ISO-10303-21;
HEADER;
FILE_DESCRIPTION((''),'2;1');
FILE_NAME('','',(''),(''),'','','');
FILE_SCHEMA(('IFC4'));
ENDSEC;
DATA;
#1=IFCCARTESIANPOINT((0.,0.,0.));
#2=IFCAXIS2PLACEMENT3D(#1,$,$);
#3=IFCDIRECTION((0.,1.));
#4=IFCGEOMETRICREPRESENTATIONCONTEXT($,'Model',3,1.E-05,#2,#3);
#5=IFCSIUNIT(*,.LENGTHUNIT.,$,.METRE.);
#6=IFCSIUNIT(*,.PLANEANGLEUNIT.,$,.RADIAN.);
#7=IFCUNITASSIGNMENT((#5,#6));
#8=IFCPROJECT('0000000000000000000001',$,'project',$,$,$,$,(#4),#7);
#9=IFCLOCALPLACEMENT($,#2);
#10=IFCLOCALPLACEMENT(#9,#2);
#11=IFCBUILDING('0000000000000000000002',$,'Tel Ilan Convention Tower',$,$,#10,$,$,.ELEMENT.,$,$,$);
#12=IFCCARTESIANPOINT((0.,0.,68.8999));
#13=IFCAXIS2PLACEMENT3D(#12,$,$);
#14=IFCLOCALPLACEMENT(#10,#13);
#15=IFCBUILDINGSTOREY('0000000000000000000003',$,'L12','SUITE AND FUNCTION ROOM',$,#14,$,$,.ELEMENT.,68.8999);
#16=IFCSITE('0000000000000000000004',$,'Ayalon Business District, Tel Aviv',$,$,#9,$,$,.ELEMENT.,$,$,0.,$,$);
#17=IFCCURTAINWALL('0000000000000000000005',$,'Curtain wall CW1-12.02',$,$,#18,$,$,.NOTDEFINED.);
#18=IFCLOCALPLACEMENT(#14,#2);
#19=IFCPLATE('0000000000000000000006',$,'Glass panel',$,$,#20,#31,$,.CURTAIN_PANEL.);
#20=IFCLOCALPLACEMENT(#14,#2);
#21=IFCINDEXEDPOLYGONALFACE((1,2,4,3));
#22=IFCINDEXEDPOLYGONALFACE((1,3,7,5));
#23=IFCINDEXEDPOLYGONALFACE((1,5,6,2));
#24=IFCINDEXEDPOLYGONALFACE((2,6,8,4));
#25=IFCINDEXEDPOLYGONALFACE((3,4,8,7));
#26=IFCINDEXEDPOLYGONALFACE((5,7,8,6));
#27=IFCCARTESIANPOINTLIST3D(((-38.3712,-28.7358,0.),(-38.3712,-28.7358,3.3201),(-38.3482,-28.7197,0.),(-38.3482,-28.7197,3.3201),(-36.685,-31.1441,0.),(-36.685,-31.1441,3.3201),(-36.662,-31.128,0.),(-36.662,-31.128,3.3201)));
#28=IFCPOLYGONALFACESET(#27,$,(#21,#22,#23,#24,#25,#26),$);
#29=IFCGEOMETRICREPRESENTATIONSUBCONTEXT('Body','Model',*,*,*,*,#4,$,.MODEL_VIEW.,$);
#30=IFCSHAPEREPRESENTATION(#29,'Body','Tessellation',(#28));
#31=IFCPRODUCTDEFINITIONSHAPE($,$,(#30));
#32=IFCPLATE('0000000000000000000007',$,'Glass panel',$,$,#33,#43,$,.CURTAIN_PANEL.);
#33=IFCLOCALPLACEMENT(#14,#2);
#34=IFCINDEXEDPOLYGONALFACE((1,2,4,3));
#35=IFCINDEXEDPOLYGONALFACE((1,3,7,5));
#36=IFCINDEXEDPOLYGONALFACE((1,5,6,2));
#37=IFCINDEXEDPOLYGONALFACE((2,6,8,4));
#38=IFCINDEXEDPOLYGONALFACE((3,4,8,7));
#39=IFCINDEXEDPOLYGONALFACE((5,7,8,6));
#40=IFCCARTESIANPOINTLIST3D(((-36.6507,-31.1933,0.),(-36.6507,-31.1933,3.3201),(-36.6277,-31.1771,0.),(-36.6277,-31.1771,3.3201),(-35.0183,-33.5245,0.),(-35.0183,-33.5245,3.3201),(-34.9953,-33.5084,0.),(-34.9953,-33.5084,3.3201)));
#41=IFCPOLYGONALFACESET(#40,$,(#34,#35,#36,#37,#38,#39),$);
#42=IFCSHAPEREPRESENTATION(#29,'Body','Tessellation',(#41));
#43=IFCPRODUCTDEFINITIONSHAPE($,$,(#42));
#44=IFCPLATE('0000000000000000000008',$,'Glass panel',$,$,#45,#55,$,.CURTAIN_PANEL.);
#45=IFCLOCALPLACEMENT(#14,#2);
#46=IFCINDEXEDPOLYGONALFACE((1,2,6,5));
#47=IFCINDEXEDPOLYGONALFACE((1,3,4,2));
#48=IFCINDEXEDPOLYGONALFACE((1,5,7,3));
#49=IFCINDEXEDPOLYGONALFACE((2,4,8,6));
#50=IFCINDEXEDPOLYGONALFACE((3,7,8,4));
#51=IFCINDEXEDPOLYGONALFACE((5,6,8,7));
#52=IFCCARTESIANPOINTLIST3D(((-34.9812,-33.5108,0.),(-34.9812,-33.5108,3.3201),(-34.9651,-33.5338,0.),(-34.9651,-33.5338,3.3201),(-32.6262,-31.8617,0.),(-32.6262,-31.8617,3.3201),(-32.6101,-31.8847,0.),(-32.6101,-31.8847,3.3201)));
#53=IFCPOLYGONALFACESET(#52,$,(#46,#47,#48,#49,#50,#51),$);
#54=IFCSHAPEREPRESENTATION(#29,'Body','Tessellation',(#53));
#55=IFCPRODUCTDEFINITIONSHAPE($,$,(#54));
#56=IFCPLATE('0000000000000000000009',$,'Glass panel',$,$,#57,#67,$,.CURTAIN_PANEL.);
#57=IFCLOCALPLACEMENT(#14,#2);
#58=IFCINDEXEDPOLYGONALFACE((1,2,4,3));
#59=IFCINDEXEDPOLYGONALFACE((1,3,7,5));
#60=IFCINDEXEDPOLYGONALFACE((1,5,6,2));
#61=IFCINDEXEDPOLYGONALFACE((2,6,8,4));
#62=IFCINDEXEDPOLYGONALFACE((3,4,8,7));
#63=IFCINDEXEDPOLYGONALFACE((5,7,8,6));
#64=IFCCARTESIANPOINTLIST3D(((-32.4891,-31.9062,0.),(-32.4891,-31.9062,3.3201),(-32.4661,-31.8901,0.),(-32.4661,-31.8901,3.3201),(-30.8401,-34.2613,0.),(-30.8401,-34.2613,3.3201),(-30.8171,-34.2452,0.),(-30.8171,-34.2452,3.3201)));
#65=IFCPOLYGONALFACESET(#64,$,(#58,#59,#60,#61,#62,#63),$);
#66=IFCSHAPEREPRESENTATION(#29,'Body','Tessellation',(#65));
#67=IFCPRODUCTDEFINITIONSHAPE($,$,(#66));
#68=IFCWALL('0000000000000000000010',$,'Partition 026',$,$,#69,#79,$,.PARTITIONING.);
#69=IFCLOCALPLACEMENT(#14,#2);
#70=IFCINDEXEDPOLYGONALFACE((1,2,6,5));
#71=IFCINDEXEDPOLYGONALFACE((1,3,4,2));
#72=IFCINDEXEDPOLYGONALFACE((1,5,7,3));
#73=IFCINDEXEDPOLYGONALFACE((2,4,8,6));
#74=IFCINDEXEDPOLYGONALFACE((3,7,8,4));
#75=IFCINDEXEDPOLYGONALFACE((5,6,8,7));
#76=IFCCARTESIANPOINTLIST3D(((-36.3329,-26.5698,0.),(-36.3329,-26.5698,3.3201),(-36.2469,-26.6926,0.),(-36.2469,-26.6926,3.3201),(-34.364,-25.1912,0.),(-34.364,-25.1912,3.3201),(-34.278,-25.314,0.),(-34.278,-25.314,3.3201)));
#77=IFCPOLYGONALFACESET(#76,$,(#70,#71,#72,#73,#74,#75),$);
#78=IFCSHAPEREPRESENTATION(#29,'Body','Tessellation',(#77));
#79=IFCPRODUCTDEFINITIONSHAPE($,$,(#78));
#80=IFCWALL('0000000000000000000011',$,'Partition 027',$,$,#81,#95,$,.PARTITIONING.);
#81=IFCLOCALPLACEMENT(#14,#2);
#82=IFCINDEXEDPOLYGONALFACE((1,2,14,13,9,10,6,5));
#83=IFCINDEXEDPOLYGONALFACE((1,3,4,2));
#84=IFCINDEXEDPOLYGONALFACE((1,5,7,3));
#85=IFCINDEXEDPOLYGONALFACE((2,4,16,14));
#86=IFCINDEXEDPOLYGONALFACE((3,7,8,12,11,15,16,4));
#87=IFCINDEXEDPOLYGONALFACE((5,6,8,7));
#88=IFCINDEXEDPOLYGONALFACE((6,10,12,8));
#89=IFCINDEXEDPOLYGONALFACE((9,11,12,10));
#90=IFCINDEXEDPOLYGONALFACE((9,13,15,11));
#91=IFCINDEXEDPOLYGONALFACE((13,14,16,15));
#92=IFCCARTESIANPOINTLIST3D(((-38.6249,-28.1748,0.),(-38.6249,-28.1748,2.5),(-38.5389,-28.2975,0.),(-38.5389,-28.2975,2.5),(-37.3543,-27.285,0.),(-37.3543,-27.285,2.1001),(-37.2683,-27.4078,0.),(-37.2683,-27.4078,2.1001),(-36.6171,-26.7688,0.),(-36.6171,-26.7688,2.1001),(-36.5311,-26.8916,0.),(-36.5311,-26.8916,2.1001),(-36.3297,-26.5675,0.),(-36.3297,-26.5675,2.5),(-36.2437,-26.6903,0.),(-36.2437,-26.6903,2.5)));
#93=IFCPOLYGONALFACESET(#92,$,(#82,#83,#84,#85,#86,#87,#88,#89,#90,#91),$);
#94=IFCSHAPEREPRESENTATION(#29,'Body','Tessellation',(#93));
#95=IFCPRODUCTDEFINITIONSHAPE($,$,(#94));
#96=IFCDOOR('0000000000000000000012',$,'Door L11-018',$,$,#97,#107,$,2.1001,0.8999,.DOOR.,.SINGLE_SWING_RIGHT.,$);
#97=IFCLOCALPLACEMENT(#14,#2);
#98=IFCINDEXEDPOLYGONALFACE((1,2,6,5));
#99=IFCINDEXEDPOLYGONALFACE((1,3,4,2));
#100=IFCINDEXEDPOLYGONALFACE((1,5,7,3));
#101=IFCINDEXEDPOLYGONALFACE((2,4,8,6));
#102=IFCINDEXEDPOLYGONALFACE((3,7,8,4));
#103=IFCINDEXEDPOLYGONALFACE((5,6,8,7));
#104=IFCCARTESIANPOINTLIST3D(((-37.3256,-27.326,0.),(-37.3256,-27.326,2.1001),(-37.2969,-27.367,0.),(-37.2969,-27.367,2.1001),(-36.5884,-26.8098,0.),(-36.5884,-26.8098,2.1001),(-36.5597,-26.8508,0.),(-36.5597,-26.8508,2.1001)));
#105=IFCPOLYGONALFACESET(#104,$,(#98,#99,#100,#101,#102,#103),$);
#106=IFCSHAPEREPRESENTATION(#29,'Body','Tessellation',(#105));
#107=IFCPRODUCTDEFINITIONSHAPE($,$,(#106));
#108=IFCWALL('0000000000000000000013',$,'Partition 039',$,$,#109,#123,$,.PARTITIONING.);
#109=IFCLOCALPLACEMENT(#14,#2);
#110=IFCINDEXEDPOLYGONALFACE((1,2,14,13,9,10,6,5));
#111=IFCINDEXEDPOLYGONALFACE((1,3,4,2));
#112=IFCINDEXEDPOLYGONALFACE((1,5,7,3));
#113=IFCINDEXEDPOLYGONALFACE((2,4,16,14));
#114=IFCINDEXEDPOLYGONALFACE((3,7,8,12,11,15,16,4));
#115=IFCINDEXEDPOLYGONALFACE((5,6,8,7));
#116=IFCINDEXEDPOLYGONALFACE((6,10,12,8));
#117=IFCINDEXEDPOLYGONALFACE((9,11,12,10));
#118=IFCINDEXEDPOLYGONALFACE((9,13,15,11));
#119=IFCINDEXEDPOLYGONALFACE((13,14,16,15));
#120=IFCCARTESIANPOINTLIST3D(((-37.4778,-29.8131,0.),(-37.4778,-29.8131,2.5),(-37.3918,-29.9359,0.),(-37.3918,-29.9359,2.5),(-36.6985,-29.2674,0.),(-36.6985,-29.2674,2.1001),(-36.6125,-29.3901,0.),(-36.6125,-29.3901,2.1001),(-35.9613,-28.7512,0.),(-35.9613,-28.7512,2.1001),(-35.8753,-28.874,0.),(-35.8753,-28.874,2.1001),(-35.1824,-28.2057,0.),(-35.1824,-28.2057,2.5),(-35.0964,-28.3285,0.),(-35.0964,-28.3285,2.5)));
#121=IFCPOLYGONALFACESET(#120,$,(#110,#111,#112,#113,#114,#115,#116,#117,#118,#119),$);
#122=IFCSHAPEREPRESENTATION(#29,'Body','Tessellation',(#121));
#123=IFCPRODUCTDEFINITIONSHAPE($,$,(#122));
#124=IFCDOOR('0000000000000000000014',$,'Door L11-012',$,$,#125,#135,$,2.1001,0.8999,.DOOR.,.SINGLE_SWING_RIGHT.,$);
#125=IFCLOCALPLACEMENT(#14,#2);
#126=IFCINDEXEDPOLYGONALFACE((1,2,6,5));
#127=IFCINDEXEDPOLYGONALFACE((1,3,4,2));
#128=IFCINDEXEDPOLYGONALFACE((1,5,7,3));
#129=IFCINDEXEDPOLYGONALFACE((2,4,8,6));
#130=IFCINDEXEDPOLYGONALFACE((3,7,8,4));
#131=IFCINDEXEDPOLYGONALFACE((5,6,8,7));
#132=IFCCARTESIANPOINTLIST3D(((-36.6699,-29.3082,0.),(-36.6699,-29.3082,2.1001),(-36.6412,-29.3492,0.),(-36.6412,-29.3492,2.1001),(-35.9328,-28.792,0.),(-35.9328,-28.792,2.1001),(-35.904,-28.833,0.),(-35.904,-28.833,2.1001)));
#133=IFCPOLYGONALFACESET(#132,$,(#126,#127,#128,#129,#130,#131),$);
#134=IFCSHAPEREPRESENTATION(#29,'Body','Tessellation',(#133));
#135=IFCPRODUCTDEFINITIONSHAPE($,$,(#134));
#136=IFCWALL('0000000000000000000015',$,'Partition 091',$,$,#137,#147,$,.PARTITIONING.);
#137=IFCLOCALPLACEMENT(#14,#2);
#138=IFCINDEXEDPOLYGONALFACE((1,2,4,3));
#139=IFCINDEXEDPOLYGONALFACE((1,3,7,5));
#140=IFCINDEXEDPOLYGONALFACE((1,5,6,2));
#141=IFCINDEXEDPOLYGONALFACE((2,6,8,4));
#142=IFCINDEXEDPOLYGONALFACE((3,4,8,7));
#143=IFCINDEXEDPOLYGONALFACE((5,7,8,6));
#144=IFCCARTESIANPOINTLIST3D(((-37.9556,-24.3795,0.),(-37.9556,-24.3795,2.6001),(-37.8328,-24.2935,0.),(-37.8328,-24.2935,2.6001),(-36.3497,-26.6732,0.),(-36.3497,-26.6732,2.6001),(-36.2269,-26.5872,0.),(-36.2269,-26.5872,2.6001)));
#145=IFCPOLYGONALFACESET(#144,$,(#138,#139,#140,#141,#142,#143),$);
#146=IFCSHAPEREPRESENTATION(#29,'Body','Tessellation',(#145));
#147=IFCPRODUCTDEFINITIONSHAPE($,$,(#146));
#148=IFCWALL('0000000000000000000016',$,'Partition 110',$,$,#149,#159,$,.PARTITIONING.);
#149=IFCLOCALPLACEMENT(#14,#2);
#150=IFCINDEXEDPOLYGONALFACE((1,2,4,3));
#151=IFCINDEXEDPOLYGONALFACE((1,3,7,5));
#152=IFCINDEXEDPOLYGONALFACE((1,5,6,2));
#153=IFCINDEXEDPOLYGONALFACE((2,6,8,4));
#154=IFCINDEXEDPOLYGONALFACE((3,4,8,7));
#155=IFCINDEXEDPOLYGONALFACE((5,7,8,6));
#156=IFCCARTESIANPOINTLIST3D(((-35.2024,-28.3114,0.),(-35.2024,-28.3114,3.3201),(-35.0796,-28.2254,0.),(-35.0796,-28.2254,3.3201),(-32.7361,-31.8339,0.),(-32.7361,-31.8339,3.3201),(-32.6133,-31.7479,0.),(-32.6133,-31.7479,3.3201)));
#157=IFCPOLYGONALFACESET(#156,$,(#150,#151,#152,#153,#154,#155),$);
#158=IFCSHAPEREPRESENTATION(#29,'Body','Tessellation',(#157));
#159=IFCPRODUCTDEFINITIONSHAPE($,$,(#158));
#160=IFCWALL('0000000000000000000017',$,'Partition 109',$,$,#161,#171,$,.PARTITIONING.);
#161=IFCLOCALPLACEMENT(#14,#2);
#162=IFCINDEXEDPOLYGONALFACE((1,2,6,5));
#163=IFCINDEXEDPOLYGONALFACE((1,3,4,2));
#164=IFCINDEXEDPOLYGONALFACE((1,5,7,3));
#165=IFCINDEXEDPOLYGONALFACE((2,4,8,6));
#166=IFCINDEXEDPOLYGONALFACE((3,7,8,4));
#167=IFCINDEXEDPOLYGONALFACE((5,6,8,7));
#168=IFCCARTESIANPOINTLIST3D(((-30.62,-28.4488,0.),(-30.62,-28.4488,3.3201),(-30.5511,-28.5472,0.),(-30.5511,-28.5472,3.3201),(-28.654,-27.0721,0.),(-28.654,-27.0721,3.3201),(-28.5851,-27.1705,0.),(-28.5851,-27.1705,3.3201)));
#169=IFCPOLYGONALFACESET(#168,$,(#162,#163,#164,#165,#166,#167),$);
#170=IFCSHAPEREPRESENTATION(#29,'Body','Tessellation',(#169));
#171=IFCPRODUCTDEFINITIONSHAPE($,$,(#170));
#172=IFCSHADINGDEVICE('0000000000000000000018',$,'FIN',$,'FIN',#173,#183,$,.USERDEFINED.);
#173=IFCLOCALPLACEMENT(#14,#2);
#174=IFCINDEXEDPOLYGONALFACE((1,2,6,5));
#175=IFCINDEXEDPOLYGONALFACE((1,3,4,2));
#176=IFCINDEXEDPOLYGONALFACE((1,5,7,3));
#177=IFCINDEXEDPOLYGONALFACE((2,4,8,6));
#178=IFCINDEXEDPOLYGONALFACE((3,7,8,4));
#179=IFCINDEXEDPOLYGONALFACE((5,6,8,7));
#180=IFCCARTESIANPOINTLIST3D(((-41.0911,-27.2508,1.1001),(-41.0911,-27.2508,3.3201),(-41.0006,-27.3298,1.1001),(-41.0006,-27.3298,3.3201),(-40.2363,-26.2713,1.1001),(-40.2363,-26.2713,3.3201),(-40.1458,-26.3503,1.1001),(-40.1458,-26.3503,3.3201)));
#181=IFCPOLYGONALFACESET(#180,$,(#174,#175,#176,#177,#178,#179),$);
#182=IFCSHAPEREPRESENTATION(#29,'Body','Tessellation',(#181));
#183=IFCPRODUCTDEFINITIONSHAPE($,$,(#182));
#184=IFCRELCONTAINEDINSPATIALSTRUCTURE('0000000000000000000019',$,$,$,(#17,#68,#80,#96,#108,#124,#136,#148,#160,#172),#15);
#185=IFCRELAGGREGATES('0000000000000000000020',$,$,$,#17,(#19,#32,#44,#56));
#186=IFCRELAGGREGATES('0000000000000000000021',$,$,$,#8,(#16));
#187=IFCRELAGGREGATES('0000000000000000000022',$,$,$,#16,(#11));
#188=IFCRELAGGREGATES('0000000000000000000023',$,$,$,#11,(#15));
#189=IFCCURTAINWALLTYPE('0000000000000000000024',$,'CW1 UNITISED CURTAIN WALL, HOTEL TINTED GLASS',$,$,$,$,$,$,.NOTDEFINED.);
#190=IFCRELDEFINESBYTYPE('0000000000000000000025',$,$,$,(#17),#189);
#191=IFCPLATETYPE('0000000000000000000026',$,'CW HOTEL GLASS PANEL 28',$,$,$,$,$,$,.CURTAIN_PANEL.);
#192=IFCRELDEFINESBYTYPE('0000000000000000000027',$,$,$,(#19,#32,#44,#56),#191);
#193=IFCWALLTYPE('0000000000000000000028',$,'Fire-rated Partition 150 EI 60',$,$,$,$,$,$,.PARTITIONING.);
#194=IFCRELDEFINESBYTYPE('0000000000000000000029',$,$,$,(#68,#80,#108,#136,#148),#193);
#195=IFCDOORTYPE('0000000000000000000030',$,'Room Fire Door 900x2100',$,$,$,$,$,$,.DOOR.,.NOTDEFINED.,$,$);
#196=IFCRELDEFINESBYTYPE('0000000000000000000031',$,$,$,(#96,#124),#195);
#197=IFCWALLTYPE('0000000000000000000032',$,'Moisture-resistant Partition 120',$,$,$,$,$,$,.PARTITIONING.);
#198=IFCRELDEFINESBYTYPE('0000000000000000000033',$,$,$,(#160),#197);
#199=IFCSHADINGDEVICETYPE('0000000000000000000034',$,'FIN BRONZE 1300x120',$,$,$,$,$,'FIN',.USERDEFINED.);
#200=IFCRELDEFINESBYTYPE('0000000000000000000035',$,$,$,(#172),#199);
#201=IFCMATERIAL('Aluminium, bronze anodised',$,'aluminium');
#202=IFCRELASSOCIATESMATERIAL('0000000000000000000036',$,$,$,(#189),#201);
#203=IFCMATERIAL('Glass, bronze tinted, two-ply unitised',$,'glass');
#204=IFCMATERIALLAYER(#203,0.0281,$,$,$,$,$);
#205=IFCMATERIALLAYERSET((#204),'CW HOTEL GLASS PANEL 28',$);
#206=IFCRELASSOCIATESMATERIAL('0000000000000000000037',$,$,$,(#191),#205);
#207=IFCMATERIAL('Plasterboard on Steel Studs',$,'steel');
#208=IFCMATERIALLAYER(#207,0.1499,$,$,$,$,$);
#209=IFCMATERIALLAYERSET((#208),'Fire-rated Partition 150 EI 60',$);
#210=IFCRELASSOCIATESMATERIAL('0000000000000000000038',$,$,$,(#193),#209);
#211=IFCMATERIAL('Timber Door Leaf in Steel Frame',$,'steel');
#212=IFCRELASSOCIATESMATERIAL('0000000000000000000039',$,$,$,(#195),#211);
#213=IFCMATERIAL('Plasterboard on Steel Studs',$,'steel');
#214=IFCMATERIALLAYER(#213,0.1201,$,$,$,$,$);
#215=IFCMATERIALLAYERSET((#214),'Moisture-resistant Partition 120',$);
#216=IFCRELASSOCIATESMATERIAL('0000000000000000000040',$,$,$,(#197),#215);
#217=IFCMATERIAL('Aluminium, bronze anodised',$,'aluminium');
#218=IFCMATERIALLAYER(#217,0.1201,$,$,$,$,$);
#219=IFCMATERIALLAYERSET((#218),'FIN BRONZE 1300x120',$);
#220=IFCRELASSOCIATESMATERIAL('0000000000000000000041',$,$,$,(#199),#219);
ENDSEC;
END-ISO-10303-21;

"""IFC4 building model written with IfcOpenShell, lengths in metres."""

from ifc_helpers import new_model, si_unit, direction, frame, frame_2d, origin, origin_2d, place, context, subcontext, project, spatial, rectangle, extrude, material, layer, layer_set, type_object, element, fill, aggregate, save


model = new_model("IFC4")

# Units and contexts
model_context = context("Model", 3, precision=1e-05, world=origin(), true_north=direction((0.0, 1.0)))
body_context = subcontext(model_context, "Body", "Model", "MODEL_VIEW")
ifc_project = project(units=[si_unit("LENGTHUNIT", "METRE"), si_unit("PLANEANGLEUNIT", "RADIAN")], contexts=[model_context])

# Site, building, storey
site_placement = place(None, origin())
site = spatial("IfcSite", under=ifc_project, at=site_placement, Name="Ayalon Business District, Tel Aviv", CompositionType="ELEMENT", RefElevation=0.0)
building_placement = place(site_placement, origin())
building = spatial("IfcBuilding", under=site, at=building_placement, Name="Tel Ilan Convention Tower", CompositionType="ELEMENT")
storey_placement = place(building_placement, frame((0.0, 0.0, 68.8999)))
storey = spatial("IfcBuildingStorey", under=building, at=storey_placement, Name="L12", Description="SUITE AND FUNCTION ROOM", CompositionType="ELEMENT", Elevation=68.8999)

# Curtain wall, plates
ifc_material_1 = material(Name="Aluminium, bronze anodised", Category="aluminium")
curtain_wall_type = type_object("IfcCurtainWallType", Name="CW1 UNITISED CURTAIN WALL, HOTEL TINTED GLASS", PredefinedType="NOTDEFINED", material=ifc_material_1)
curtain_wall_placement = place(storey_placement, origin())
curtain_wall = element("IfcCurtainWall", 1, at=curtain_wall_placement, inside=storey, type_object=curtain_wall_type, Name="Curtain wall CW1-12.02", PredefinedType="NOTDEFINED")
ifc_material_2 = material(Name="Glass, bronze tinted, two-ply unitised", Category="glass")
ifc_layer_1 = layer(ifc_material_2, 0.0281)
ifc_layer_set_1 = layer_set([ifc_layer_1], Name="CW HOTEL GLASS PANEL 28")
plate_type = type_object("IfcPlateType", Name="CW HOTEL GLASS PANEL 28", PredefinedType="CURTAIN_PANEL", material=ifc_layer_set_1)
plate_1_placement = place(storey_placement, frame((-37.5166, -29.9319, 0.0), z_axis=(0.0, 0.0, 1.0), x_axis=(0.573576, -0.819152, 0.0)))
plate_1 = element("IfcPlate", 2, at=plate_1_placement, type_object=plate_type, Name="Glass panel", PredefinedType="CURTAIN_PANEL", context=body_context, shape_type="SweptSolid", body=[
    extrude(rectangle(XDim=2.9399, YDim=0.0281, at=origin_2d()), origin(), (0.0, 0.0, 1.0), 3.3201),
])
plate_2_placement = place(storey_placement, frame((-35.823, -32.3508, 0.0), z_axis=(0.0, 0.0, 1.0), x_axis=(0.573576, -0.819152, 0.0)))
plate_2 = element("IfcPlate", 3, at=plate_2_placement, type_object=plate_type, Name="Glass panel", PredefinedType="CURTAIN_PANEL", context=body_context, shape_type="SweptSolid", body=[
    extrude(rectangle(XDim=2.8459, YDim=0.0281, at=origin_2d()), origin(), (0.0, 0.0, 1.0), 3.3201),
])
plate_3_placement = place(storey_placement, frame((-33.7957, -32.6978, 0.0), z_axis=(0.0, 0.0, 1.0), x_axis=(0.819152, 0.573576, 0.0)))
plate_3 = element("IfcPlate", 4, at=plate_3_placement, type_object=plate_type, Name="Glass panel", PredefinedType="CURTAIN_PANEL", context=body_context, shape_type="SweptSolid", body=[
    extrude(rectangle(XDim=2.875, YDim=0.0281, at=origin_2d()), origin(), (0.0, 0.0, 1.0), 3.3201),
])
plate_4_placement = place(storey_placement, frame((-31.6531, -33.0757, 0.0), z_axis=(0.0, 0.0, 1.0), x_axis=(0.573576, -0.819152, 0.0)))
plate_4 = element("IfcPlate", 5, at=plate_4_placement, type_object=plate_type, Name="Glass panel", PredefinedType="CURTAIN_PANEL", context=body_context, shape_type="SweptSolid", body=[
    extrude(rectangle(XDim=2.875, YDim=0.0281, at=origin_2d()), origin(), (0.0, 0.0, 1.0), 3.3201),
])
aggregate(curtain_wall, [plate_1, plate_2, plate_3, plate_4])

# Wall
ifc_material_3 = material(Name="Plasterboard on Steel Studs", Category="steel")
ifc_layer_2 = layer(ifc_material_3, 0.1499)
ifc_layer_set_2 = layer_set([ifc_layer_2], Name="Fire-rated Partition 150 EI 60")
wall_type_1 = type_object("IfcWallType", Name="Fire-rated Partition 150 EI 60", PredefinedType="PARTITIONING", material=ifc_layer_set_2)
wall_1_placement = place(storey_placement, frame((-36.2898, -26.6311, 0.0), z_axis=(0.0, 0.0, 1.0), x_axis=(0.81916, 0.573565, 0.0)))
element("IfcWall", 6, at=wall_1_placement, inside=storey, type_object=wall_type_1, Name="Partition 026", PredefinedType="PARTITIONING", context=body_context, shape_type="SweptSolid", body=[
    extrude(rectangle(XDim=2.4036, YDim=0.1499, at=frame_2d((1.2017, 0.0))), origin(), (0.0, 0.0, 1.0), 3.3201),
])

# Walls, openings, doors
wall_2_placement = place(storey_placement, frame((-38.5818, -28.2361, 0.0), z_axis=(0.0, 0.0, 1.0), x_axis=(0.819138, 0.573597, 0.0)))
wall_2 = element("IfcWall", 7, at=wall_2_placement, inside=storey, type_object=wall_type_1, Name="Partition 027", PredefinedType="PARTITIONING", context=body_context, shape_type="SweptSolid", body=[
    extrude(rectangle(XDim=2.802, YDim=0.1499, at=frame_2d((1.4009, 0.0))), origin(), (0.0, 0.0, 1.0), 2.5),
])
opening_1_placement = place(wall_2_placement, frame((1.551, 0.0, 0.0)))
opening_1 = element("IfcOpeningElement", 8, at=opening_1_placement, cuts=wall_2, PredefinedType="OPENING", context=body_context, shape_type="SweptSolid", body=[
    extrude(rectangle(XDim=0.8999, YDim=2.1001, at=frame_2d((0.45, 1.05))), frame((0.0, 0.085, 0.0), z_axis=(0.0, -1.0, 0.0), x_axis=(1.0, 0.0, 0.0)), (0.0, 0.0, 1.0), 0.1699),
])
ifc_material_4 = material(Name="Timber Door Leaf in Steel Frame", Category="steel")
door_type = type_object("IfcDoorType", Name="Room Fire Door 900x2100", OperationType="NOTDEFINED", PredefinedType="DOOR", material=ifc_material_4)
door_1_placement = place(opening_1_placement, origin())
door_1 = element("IfcDoor", 9, at=door_1_placement, inside=storey, type_object=door_type, Name="Door L11-018", OperationType="SINGLE_SWING_RIGHT", OverallHeight=2.1001, OverallWidth=0.8999, PredefinedType="DOOR", context=body_context, shape_type="SweptSolid", body=[
    extrude(rectangle(XDim=0.8999, YDim=2.1001, at=frame_2d((0.45, 1.05))), frame((0.0, 0.0249, 0.0), z_axis=(0.0, -1.0, 0.0), x_axis=(1.0, 0.0, 0.0)), (0.0, 0.0, 1.0), 0.05),
])
fill(opening_1, door_1)
wall_3_placement = place(storey_placement, frame((-35.1394, -28.2671, 0.0), z_axis=(0.0, 0.0, 1.0), x_axis=(-0.819125, -0.573614, 0.0)))
wall_3 = element("IfcWall", 10, at=wall_3_placement, inside=storey, type_object=wall_type_1, Name="Partition 039", PredefinedType="PARTITIONING", context=body_context, shape_type="SweptSolid", body=[
    extrude(rectangle(XDim=2.8022, YDim=0.1499, at=frame_2d((1.4011, 0.0))), origin(), (0.0, 0.0, 1.0), 2.5),
])
opening_2_placement = place(wall_3_placement, frame((0.9509, 0.0, 0.0)))
opening_2 = element("IfcOpeningElement", 11, at=opening_2_placement, cuts=wall_3, PredefinedType="OPENING", context=body_context, shape_type="SweptSolid", body=[
    extrude(rectangle(XDim=0.8999, YDim=2.1001, at=frame_2d((0.45, 1.05))), frame((0.0, 0.085, 0.0), z_axis=(0.0, -1.0, 0.0), x_axis=(1.0, 0.0, 0.0)), (0.0, 0.0, 1.0), 0.1699),
])
door_2_placement = place(opening_2_placement, origin())
door_2 = element("IfcDoor", 12, at=door_2_placement, inside=storey, type_object=door_type, Name="Door L11-012", OperationType="SINGLE_SWING_RIGHT", OverallHeight=2.1001, OverallWidth=0.8999, PredefinedType="DOOR", context=body_context, shape_type="SweptSolid", body=[
    extrude(rectangle(XDim=0.8999, YDim=2.1001, at=frame_2d((0.45, 1.05))), frame((0.0, 0.0249, 0.0), z_axis=(0.0, -1.0, 0.0), x_axis=(1.0, 0.0, 0.0)), (0.0, 0.0, 1.0), 0.05),
])
fill(opening_2, door_2)

# Walls
wall_4_placement = place(storey_placement, frame((-36.2883, -26.6301, 0.0), z_axis=(0.0, 0.0, 1.0), x_axis=(-0.57355, 0.81917, 0.0)))
element("IfcWall", 13, at=wall_4_placement, inside=storey, type_object=wall_type_1, Name="Partition 091", PredefinedType="PARTITIONING", context=body_context, shape_type="SweptSolid", body=[
    extrude(rectangle(XDim=2.8, YDim=0.1499, at=frame_2d((1.3999, 0.0))), origin(), (0.0, 0.0, 1.0), 2.6001),
])
wall_5_placement = place(storey_placement, frame((-32.6748, -31.7908, 0.0), z_axis=(0.0, 0.0, 1.0), x_axis=(-0.573554, 0.819168, 0.0)))
element("IfcWall", 14, at=wall_5_placement, inside=storey, type_object=wall_type_1, Name="Partition 110", PredefinedType="PARTITIONING", context=body_context, shape_type="SweptSolid", body=[
    extrude(rectangle(XDim=4.3, YDim=0.1499, at=frame_2d((2.1499, 0.0))), origin(), (0.0, 0.0, 1.0), 3.3201),
])
ifc_material_5 = material(Name="Plasterboard on Steel Studs", Category="steel")
ifc_layer_3 = layer(ifc_material_5, 0.1201)
ifc_layer_set_3 = layer_set([ifc_layer_3], Name="Moisture-resistant Partition 120")
wall_type_2 = type_object("IfcWallType", Name="Moisture-resistant Partition 120", PredefinedType="PARTITIONING", material=ifc_layer_set_3)
wall_6_placement = place(storey_placement, frame((-30.5857, -28.498, 0.0), z_axis=(0.0, 0.0, 1.0), x_axis=(0.819141, 0.573592, 0.0)))
element("IfcWall", 15, at=wall_6_placement, inside=storey, type_object=wall_type_2, Name="Partition 109", PredefinedType="PARTITIONING", context=body_context, shape_type="SweptSolid", body=[
    extrude(rectangle(XDim=2.4001, YDim=0.1201, at=frame_2d((1.2002, 0.0))), origin(), (0.0, 0.0, 1.0), 3.3201),
])

# Shading device
ifc_material_6 = material(Name="Aluminium, bronze anodised", Category="aluminium")
ifc_layer_4 = layer(ifc_material_6, 0.1201)
ifc_layer_set_4 = layer_set([ifc_layer_4], Name="FIN BRONZE 1300x120")
shading_device_type = type_object("IfcShadingDeviceType", Name="FIN BRONZE 1300x120", ElementType="FIN", PredefinedType="USERDEFINED", material=ifc_layer_set_4)
for number, where, z_axis, x_axis, name in (
    (16, (-40.6184, -26.8005, 1.1001), (0.0, 0.0, 1.0), (-0.657521, -0.753436, 0.0), "FIN"),
):
    element("IfcShadingDevice", number, at=place(storey_placement, frame(where, z_axis=z_axis, x_axis=x_axis)), inside=storey, type_object=shading_device_type, Name=name, ObjectType="FIN", PredefinedType="USERDEFINED", context=body_context, shape_type="SweptSolid", body=[
        extrude(rectangle(XDim=1.3, YDim=0.1201, at=origin_2d()), origin(), (0.0, 0.0, 1.0), 2.22),
    ])

save(model, "model.ifc")
